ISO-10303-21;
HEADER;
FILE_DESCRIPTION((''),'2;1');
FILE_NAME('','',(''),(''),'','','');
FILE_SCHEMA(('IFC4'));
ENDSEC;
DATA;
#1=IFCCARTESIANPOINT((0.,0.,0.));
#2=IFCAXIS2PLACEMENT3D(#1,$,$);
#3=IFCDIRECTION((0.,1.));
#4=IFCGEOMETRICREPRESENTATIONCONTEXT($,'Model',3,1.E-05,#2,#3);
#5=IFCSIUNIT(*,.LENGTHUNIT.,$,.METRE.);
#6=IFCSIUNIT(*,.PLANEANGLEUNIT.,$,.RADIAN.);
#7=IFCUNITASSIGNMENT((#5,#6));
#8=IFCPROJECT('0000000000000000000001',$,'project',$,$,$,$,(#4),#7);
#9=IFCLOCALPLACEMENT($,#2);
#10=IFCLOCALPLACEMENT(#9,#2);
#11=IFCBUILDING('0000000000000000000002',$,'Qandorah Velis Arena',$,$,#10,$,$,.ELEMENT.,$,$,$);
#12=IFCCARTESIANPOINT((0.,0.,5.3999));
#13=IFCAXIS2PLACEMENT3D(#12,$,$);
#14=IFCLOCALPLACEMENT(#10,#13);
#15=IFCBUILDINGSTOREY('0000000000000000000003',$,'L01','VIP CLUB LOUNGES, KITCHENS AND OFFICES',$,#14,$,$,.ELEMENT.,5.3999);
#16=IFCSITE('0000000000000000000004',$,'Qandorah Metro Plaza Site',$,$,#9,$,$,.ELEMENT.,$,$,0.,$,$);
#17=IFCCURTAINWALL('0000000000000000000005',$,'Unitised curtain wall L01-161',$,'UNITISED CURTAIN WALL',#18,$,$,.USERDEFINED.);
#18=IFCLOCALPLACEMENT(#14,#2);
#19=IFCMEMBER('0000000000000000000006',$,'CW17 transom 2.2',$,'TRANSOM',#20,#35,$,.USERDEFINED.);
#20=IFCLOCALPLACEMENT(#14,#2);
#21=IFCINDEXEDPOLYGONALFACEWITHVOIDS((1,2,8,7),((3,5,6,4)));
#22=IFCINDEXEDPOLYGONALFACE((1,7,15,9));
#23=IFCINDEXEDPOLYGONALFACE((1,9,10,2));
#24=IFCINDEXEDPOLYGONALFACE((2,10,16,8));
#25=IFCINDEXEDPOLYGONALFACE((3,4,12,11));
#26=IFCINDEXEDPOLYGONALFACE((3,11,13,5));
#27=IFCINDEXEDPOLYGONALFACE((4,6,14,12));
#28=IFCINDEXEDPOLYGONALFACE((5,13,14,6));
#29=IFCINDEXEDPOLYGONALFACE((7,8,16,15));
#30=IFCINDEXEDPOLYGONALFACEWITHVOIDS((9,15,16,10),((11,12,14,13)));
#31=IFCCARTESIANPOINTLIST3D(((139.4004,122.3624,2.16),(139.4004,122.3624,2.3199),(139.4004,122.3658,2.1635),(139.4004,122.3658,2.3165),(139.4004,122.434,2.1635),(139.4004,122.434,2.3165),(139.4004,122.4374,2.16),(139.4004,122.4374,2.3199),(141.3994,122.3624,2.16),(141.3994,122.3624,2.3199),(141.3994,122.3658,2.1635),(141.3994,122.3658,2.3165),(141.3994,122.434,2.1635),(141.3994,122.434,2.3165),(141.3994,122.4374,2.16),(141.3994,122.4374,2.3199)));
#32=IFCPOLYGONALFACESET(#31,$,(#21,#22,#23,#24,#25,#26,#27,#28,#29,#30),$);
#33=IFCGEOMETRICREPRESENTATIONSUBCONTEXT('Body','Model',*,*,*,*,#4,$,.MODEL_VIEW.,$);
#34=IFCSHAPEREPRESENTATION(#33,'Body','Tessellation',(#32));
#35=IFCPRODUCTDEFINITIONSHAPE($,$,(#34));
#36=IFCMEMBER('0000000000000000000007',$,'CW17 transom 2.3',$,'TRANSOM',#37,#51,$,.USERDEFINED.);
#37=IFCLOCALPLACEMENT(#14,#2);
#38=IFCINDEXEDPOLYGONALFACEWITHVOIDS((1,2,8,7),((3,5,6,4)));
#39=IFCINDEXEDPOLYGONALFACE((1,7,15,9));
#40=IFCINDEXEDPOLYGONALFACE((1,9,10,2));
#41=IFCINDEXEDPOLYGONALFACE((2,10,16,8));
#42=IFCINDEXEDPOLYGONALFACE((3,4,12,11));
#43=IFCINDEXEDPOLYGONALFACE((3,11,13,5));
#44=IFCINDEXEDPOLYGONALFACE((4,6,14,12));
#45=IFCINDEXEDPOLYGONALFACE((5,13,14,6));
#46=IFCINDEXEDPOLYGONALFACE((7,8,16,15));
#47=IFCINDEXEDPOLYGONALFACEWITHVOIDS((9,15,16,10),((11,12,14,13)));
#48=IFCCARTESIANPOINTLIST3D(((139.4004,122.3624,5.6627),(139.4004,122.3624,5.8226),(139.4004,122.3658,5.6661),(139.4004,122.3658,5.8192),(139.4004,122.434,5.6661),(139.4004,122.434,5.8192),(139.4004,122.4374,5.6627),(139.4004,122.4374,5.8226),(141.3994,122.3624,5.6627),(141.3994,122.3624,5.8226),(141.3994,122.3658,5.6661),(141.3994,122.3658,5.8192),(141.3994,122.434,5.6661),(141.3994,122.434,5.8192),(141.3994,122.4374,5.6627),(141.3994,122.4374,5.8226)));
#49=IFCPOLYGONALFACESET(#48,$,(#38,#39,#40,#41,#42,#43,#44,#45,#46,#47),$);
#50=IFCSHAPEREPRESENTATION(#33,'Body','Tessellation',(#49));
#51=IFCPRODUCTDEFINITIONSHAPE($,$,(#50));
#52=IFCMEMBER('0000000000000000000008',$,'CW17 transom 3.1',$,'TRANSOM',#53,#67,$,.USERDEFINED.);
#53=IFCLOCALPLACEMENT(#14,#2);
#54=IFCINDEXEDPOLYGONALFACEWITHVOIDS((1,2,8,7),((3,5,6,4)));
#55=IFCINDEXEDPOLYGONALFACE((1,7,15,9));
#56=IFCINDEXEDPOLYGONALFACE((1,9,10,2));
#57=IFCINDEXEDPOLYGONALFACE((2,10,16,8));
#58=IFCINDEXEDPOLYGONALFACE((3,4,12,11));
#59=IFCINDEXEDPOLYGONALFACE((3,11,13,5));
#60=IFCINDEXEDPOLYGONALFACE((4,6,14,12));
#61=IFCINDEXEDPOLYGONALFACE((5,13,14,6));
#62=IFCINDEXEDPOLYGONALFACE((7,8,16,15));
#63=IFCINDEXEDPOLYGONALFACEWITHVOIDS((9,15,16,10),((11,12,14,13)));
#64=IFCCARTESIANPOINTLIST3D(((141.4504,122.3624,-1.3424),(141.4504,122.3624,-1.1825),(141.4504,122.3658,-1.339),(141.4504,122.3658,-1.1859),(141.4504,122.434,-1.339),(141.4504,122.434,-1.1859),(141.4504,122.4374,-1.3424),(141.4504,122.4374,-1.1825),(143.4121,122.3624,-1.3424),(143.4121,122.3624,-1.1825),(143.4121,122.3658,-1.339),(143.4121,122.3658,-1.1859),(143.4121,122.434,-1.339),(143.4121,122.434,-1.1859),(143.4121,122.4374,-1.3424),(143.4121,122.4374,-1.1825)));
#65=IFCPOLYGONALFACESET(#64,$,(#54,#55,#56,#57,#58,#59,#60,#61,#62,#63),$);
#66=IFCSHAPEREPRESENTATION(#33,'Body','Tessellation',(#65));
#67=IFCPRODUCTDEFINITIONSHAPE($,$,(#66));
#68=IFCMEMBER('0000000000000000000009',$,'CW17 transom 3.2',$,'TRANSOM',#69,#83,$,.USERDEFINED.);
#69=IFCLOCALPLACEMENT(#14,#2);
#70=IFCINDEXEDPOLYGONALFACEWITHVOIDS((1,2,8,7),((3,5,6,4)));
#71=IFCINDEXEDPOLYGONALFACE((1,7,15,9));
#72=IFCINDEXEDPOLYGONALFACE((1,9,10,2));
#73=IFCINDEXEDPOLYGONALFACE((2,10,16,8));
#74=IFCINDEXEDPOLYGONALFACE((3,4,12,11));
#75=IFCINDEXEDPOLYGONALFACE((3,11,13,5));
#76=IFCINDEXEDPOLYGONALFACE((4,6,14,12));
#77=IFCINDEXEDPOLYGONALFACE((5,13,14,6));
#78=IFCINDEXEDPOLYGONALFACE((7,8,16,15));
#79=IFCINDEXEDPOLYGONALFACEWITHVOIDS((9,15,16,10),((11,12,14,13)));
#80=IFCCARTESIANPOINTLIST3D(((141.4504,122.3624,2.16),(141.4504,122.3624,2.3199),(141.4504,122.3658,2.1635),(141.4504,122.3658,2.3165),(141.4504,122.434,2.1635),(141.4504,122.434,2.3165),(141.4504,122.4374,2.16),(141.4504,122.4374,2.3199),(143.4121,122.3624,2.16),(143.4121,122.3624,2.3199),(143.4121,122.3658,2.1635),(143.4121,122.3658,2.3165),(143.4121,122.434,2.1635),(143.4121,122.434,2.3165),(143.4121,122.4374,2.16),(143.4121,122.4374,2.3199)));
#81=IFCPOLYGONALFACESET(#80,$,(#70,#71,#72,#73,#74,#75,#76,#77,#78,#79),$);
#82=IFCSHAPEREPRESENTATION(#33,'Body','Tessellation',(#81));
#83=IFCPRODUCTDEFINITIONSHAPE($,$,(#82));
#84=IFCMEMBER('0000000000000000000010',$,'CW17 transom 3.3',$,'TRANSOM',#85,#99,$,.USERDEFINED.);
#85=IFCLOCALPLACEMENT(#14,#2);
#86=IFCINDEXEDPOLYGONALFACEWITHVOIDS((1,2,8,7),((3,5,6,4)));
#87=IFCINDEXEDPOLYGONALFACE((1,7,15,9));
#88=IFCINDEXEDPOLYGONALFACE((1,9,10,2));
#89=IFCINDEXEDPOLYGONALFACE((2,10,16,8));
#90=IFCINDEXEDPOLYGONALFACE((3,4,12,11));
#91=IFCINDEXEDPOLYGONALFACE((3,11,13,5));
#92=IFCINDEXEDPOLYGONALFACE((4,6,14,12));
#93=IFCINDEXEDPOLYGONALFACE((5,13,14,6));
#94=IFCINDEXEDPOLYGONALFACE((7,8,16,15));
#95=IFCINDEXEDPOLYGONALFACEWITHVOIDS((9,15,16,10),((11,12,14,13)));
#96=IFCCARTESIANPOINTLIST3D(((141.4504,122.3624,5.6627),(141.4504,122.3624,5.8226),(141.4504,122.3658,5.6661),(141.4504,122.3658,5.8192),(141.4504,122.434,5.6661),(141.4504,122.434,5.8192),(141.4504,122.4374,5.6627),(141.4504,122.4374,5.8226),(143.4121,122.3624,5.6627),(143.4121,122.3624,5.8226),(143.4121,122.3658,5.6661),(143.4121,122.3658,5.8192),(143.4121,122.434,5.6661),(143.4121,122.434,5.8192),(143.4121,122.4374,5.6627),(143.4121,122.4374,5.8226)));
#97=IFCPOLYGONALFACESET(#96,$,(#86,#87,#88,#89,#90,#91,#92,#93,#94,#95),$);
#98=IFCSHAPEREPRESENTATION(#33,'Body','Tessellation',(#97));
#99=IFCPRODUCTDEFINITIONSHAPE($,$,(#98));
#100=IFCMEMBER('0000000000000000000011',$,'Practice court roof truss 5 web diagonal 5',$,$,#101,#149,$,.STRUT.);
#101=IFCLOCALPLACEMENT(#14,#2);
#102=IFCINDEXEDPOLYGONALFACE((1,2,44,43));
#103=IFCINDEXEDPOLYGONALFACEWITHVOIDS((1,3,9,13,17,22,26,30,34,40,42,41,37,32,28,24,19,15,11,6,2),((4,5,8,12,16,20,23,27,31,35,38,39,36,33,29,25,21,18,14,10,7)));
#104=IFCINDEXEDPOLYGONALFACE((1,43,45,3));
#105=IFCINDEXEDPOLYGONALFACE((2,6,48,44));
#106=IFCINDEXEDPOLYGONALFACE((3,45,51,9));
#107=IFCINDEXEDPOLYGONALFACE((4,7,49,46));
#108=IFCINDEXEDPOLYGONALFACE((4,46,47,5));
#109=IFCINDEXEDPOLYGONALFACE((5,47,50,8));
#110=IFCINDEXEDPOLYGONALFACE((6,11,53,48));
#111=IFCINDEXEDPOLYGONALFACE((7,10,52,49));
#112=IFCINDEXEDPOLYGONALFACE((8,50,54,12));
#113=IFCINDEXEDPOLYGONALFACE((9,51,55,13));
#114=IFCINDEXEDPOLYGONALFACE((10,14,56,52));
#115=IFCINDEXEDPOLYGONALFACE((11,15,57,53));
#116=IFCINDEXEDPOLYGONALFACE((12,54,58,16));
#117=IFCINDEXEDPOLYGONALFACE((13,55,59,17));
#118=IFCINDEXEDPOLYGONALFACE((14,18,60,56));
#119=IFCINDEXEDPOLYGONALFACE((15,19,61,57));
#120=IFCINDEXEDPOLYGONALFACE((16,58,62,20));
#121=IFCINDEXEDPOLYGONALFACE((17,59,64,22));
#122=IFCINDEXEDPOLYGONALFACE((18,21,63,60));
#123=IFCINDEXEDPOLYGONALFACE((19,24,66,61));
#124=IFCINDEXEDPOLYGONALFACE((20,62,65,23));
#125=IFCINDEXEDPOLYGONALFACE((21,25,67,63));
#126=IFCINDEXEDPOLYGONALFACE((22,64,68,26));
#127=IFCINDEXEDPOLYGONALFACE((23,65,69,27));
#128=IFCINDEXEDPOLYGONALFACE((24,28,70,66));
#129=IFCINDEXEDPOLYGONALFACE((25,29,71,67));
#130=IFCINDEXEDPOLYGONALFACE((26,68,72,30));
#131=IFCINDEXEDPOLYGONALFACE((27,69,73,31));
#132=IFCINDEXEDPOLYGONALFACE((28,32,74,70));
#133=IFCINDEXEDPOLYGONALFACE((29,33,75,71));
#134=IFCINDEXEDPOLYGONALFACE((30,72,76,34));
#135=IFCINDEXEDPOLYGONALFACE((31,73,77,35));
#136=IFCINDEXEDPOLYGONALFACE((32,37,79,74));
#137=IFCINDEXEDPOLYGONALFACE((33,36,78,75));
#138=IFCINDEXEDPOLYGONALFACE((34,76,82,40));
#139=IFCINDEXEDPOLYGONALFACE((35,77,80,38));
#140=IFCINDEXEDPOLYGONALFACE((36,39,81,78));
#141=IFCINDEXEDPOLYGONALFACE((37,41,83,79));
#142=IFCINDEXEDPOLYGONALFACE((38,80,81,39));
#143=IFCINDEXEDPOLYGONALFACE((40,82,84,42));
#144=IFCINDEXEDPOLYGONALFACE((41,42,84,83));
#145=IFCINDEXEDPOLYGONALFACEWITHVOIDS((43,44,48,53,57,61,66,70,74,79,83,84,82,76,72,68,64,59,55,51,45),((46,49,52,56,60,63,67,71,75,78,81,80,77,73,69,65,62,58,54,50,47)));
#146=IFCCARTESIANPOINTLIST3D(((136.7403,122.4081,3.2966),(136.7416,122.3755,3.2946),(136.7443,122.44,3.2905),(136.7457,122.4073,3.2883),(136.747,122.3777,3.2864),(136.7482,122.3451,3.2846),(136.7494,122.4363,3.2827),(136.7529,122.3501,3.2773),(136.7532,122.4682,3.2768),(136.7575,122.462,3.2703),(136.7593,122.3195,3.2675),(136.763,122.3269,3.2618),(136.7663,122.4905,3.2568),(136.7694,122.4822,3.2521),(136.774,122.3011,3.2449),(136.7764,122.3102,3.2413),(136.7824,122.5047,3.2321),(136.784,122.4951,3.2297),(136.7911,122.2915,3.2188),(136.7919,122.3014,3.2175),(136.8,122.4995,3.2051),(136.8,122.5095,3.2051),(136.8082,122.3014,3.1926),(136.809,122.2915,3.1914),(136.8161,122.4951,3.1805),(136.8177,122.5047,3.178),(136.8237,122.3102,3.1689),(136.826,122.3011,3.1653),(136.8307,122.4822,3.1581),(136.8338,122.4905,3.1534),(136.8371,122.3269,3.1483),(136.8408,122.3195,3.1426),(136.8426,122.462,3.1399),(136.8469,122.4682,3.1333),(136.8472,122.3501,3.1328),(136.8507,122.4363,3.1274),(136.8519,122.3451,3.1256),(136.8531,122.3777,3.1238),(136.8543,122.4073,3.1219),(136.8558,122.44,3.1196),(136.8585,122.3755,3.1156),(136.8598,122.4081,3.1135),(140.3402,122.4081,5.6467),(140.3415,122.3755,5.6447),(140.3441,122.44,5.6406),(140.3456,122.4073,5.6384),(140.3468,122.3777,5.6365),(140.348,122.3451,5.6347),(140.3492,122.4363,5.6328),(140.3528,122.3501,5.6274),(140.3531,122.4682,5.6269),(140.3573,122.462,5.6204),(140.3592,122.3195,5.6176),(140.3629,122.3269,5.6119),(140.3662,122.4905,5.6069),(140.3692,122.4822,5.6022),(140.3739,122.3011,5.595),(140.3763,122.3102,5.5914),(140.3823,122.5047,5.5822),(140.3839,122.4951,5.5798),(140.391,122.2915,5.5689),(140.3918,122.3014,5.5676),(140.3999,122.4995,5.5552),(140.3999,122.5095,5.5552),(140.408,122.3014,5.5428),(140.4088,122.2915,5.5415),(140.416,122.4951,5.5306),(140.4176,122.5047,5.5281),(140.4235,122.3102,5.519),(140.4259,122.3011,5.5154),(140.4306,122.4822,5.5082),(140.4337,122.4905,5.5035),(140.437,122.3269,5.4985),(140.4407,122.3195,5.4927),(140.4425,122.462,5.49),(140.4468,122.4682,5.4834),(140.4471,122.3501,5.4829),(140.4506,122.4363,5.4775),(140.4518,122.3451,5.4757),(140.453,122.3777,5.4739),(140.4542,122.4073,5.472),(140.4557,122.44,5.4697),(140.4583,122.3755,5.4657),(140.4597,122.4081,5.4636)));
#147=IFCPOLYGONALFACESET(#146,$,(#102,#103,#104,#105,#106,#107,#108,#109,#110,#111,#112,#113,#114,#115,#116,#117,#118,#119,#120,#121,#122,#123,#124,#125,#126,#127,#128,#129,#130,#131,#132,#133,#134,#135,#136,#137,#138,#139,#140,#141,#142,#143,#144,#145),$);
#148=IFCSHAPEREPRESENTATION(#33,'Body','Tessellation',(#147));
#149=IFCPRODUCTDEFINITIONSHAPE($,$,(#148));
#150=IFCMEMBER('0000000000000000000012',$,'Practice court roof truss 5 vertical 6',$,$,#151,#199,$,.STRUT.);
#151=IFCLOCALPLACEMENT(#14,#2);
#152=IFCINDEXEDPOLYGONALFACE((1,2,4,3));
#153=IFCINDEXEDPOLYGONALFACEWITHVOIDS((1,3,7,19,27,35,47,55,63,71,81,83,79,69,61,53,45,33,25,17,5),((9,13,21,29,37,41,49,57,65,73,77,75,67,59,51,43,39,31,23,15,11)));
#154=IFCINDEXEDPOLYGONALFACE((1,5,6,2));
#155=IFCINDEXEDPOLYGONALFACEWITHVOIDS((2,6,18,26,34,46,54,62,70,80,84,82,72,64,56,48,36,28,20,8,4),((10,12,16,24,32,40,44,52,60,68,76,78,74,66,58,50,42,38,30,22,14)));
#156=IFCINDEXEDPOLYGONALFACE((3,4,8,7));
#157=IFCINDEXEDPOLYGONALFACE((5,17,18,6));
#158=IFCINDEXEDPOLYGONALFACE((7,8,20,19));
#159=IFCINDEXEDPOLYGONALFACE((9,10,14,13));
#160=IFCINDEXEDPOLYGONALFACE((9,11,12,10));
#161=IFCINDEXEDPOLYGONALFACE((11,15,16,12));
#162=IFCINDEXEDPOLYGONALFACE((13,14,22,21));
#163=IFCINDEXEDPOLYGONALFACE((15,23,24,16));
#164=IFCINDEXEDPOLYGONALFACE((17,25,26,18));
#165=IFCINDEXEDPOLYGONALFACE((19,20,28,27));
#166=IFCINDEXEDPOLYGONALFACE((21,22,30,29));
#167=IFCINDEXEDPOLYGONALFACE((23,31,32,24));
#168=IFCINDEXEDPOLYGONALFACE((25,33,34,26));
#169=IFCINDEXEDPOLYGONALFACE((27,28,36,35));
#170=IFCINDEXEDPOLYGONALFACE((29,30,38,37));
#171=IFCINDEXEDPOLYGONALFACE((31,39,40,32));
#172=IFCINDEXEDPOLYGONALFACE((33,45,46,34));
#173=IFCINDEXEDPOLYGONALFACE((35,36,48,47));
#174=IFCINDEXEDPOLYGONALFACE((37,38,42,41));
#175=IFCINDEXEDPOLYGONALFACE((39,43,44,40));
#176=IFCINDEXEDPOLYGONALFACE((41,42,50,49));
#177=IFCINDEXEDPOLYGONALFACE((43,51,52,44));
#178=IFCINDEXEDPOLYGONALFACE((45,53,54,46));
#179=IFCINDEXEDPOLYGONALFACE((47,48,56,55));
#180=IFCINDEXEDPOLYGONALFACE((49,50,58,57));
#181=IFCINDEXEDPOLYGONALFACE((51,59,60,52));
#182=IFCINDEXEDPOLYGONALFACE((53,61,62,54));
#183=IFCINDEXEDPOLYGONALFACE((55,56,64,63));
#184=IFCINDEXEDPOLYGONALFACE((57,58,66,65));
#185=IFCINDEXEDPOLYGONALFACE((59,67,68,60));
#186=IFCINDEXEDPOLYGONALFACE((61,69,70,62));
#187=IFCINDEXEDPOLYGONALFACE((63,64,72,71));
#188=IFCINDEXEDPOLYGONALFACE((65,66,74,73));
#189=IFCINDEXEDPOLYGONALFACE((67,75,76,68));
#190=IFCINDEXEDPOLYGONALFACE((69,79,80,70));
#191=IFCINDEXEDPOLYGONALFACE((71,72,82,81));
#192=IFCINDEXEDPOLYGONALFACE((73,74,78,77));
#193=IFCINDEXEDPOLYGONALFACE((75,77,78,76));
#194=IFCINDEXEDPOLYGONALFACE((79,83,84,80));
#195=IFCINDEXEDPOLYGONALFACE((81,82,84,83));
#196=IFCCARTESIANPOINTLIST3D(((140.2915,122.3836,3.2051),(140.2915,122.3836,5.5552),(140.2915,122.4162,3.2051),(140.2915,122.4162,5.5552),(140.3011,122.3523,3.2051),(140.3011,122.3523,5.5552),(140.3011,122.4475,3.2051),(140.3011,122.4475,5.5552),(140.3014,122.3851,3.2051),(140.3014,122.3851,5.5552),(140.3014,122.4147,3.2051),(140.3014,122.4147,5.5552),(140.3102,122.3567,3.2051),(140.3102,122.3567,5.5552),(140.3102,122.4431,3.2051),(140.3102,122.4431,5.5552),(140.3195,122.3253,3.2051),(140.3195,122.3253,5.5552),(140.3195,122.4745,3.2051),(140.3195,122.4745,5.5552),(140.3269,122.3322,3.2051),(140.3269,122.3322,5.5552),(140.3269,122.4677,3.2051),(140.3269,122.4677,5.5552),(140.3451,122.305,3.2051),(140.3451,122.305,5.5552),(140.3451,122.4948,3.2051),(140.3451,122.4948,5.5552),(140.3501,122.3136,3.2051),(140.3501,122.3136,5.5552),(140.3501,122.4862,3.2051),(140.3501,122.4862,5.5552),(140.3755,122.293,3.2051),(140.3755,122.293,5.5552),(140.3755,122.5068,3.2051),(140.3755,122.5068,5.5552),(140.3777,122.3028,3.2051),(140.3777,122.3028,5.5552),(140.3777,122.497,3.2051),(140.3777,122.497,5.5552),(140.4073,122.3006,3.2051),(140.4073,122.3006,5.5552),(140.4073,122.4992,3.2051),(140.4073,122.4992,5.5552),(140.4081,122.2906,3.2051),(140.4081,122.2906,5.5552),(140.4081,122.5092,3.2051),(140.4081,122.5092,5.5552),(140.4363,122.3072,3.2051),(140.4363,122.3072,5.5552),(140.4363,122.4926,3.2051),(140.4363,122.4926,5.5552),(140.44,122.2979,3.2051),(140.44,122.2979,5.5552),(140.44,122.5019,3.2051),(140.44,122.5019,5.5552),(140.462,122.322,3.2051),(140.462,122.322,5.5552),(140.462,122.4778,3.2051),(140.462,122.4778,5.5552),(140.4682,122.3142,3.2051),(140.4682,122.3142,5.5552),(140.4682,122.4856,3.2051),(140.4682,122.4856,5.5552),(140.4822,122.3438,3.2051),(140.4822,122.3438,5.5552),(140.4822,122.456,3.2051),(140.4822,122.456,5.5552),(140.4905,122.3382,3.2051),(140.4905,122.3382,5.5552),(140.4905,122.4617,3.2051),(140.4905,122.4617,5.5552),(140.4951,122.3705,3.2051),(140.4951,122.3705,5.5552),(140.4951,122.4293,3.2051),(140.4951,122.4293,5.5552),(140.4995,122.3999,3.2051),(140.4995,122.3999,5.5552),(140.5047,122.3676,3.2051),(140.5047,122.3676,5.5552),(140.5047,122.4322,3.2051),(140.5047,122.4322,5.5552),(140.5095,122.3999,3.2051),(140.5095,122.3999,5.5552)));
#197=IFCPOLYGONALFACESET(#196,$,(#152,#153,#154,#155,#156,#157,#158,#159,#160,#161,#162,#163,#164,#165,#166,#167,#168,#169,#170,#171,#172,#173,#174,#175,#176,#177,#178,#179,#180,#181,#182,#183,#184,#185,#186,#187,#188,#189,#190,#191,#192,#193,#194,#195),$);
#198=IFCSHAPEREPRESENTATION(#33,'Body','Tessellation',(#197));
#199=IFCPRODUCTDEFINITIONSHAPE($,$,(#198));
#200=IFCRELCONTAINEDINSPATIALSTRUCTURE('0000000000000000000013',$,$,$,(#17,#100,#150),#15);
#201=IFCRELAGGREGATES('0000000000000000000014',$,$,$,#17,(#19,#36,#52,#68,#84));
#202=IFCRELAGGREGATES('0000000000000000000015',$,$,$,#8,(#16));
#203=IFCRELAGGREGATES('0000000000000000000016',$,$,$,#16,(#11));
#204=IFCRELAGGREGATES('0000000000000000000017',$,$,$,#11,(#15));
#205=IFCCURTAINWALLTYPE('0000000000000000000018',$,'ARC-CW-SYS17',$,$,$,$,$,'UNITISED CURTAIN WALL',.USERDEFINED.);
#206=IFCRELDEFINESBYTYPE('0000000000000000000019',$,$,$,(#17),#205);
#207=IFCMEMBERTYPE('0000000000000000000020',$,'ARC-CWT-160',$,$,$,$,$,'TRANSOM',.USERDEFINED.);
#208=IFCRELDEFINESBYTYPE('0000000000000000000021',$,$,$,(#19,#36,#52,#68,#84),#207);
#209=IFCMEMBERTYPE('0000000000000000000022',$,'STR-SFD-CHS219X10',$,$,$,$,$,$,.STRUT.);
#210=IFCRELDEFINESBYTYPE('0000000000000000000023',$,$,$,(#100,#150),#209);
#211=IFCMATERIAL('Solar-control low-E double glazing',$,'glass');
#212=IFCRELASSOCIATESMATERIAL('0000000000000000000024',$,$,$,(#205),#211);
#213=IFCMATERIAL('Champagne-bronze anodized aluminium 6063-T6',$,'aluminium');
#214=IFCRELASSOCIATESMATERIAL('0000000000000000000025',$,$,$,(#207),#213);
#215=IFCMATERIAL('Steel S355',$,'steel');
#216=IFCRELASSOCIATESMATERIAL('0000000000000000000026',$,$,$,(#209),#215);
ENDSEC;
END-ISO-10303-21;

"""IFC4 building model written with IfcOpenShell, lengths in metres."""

from ifc_helpers import new_model, si_unit, direction, frame, origin, origin_2d, place, context, subcontext, project, spatial, hollow_rectangle, hollow_circle, extrude, material, material_profile, profile_set, type_object, element, aggregate, save


model = new_model("IFC4")

# Units and contexts
model_context = context("Model", 3, precision=1e-05, world=origin(), true_north=direction((0.0, 1.0)))
body_context = subcontext(model_context, "Body", "Model", "MODEL_VIEW")
ifc_project = project(units=[si_unit("LENGTHUNIT", "METRE"), si_unit("PLANEANGLEUNIT", "RADIAN")], contexts=[model_context])

# Site, building, storey
site_placement = place(None, origin())
site = spatial("IfcSite", under=ifc_project, at=site_placement, Name="Qandorah Metro Plaza Site", CompositionType="ELEMENT", RefElevation=0.0)
building_placement = place(site_placement, origin())
building = spatial("IfcBuilding", under=site, at=building_placement, Name="Qandorah Velis Arena", CompositionType="ELEMENT")
storey_placement = place(building_placement, frame((0.0, 0.0, 5.3999)))
storey = spatial("IfcBuildingStorey", under=building, at=storey_placement, Name="L01", Description="VIP CLUB LOUNGES, KITCHENS AND OFFICES", CompositionType="ELEMENT", Elevation=5.3999)

# Curtain wall, members
ifc_material_1 = material(Name="Solar-control low-E double glazing", Category="glass")
curtain_wall_type = type_object("IfcCurtainWallType", Name="ARC-CW-SYS17", ElementType="UNITISED CURTAIN WALL", PredefinedType="USERDEFINED", material=ifc_material_1)
curtain_wall_placement = place(storey_placement, origin())
curtain_wall = element("IfcCurtainWall", 1, at=curtain_wall_placement, inside=storey, type_object=curtain_wall_type, Name="Unitised curtain wall L01-161", ObjectType="UNITISED CURTAIN WALL", PredefinedType="USERDEFINED")
ifc_material_2 = material(Name="Champagne-bronze anodized aluminium 6063-T6", Category="aluminium")
ifc_material_profile_1 = material_profile(ifc_material_2, hollow_rectangle(XDim=0.075, YDim=0.1599, WallThickness=0.0034, at=origin_2d()), Name="ALU TRANSOM 75x160")
ifc_profile_set_1 = profile_set([ifc_material_profile_1], Name="Champagne-bronze anodized aluminium 6063-T6")
member_type_1 = type_object("IfcMemberType", Name="ARC-CWT-160", ElementType="TRANSOM", PredefinedType="USERDEFINED", material=ifc_profile_set_1)
member_1_placement = place(storey_placement, frame((139.4004, 122.3999, 2.24), z_axis=(1.0, 0.0, 0.0), x_axis=(0.0, 1.0, 0.0)))
member_1 = element("IfcMember", 2, at=member_1_placement, type_object=member_type_1, Name="CW17 transom 2.2", ObjectType="TRANSOM", PredefinedType="USERDEFINED", context=body_context, shape_type="SweptSolid", body=[
    extrude(hollow_rectangle(XDim=0.075, YDim=0.1599, WallThickness=0.0034, at=origin_2d()), origin(), (0.0, 0.0, 1.0), 1.999),
])
member_2_placement = place(storey_placement, frame((139.4004, 122.3999, 5.7427), z_axis=(1.0, 0.0, 0.0), x_axis=(0.0, 1.0, 0.0)))
member_2 = element("IfcMember", 3, at=member_2_placement, type_object=member_type_1, Name="CW17 transom 2.3", ObjectType="TRANSOM", PredefinedType="USERDEFINED", context=body_context, shape_type="SweptSolid", body=[
    extrude(hollow_rectangle(XDim=0.075, YDim=0.1599, WallThickness=0.0034, at=origin_2d()), origin(), (0.0, 0.0, 1.0), 1.999),
])
member_3_placement = place(storey_placement, frame((141.4504, 122.3999, -1.2625), z_axis=(1.0, 0.0, 0.0), x_axis=(0.0, 1.0, 0.0)))
member_3 = element("IfcMember", 4, at=member_3_placement, type_object=member_type_1, Name="CW17 transom 3.1", ObjectType="TRANSOM", PredefinedType="USERDEFINED", context=body_context, shape_type="SweptSolid", body=[
    extrude(hollow_rectangle(XDim=0.075, YDim=0.1599, WallThickness=0.0034, at=origin_2d()), origin(), (0.0, 0.0, 1.0), 1.9617),
])
member_4_placement = place(storey_placement, frame((141.4504, 122.3999, 2.24), z_axis=(1.0, 0.0, 0.0), x_axis=(0.0, 1.0, 0.0)))
member_4 = element("IfcMember", 5, at=member_4_placement, type_object=member_type_1, Name="CW17 transom 3.2", ObjectType="TRANSOM", PredefinedType="USERDEFINED", context=body_context, shape_type="SweptSolid", body=[
    extrude(hollow_rectangle(XDim=0.075, YDim=0.1599, WallThickness=0.0034, at=origin_2d()), origin(), (0.0, 0.0, 1.0), 1.9617),
])
member_5_placement = place(storey_placement, frame((141.4504, 122.3999, 5.7427), z_axis=(1.0, 0.0, 0.0), x_axis=(0.0, 1.0, 0.0)))
member_5 = element("IfcMember", 6, at=member_5_placement, type_object=member_type_1, Name="CW17 transom 3.3", ObjectType="TRANSOM", PredefinedType="USERDEFINED", context=body_context, shape_type="SweptSolid", body=[
    extrude(hollow_rectangle(XDim=0.075, YDim=0.1599, WallThickness=0.0034, at=origin_2d()), origin(), (0.0, 0.0, 1.0), 1.9617),
])

# Members
ifc_material_3 = material(Name="Steel S355", Category="steel")
ifc_material_profile_2 = material_profile(ifc_material_3, hollow_circle(Radius=0.1096, WallThickness=0.01, at=origin_2d()), Name="CHS 219.1x10")
ifc_profile_set_2 = profile_set([ifc_material_profile_2], Name="Steel S355")
member_type_2 = type_object("IfcMemberType", Name="STR-SFD-CHS219X10", PredefinedType="STRUT", material=ifc_profile_set_2)
member_6_placement = place(storey_placement, frame((136.8, 122.3999, 3.2051), z_axis=(0.837359, 0.0, 0.546654), x_axis=(0.0, 1.0, 0.0)))
element("IfcMember", 7, at=member_6_placement, inside=storey, type_object=member_type_2, Name="Practice court roof truss 5 web diagonal 5", PredefinedType="STRUT", context=body_context, shape_type="SweptSolid", body=[
    extrude(hollow_circle(Radius=0.1096, WallThickness=0.01, at=origin_2d()), origin(), (0.0, 0.0, 1.0), 4.2991),
])
member_7_placement = place(storey_placement, frame((140.3999, 122.3999, 3.2051), z_axis=(0.0, 0.0, 1.0), x_axis=(1.0, 0.0, 0.0)))
element("IfcMember", 8, at=member_7_placement, inside=storey, type_object=member_type_2, Name="Practice court roof truss 5 vertical 6", PredefinedType="STRUT", context=body_context, shape_type="SweptSolid", body=[
    extrude(hollow_circle(Radius=0.1096, WallThickness=0.01, at=origin_2d()), origin(), (0.0, 0.0, 1.0), 2.3501),
])

aggregate(curtain_wall, [member_1, member_2, member_3, member_4, member_5])

save(model, "model.ifc")
